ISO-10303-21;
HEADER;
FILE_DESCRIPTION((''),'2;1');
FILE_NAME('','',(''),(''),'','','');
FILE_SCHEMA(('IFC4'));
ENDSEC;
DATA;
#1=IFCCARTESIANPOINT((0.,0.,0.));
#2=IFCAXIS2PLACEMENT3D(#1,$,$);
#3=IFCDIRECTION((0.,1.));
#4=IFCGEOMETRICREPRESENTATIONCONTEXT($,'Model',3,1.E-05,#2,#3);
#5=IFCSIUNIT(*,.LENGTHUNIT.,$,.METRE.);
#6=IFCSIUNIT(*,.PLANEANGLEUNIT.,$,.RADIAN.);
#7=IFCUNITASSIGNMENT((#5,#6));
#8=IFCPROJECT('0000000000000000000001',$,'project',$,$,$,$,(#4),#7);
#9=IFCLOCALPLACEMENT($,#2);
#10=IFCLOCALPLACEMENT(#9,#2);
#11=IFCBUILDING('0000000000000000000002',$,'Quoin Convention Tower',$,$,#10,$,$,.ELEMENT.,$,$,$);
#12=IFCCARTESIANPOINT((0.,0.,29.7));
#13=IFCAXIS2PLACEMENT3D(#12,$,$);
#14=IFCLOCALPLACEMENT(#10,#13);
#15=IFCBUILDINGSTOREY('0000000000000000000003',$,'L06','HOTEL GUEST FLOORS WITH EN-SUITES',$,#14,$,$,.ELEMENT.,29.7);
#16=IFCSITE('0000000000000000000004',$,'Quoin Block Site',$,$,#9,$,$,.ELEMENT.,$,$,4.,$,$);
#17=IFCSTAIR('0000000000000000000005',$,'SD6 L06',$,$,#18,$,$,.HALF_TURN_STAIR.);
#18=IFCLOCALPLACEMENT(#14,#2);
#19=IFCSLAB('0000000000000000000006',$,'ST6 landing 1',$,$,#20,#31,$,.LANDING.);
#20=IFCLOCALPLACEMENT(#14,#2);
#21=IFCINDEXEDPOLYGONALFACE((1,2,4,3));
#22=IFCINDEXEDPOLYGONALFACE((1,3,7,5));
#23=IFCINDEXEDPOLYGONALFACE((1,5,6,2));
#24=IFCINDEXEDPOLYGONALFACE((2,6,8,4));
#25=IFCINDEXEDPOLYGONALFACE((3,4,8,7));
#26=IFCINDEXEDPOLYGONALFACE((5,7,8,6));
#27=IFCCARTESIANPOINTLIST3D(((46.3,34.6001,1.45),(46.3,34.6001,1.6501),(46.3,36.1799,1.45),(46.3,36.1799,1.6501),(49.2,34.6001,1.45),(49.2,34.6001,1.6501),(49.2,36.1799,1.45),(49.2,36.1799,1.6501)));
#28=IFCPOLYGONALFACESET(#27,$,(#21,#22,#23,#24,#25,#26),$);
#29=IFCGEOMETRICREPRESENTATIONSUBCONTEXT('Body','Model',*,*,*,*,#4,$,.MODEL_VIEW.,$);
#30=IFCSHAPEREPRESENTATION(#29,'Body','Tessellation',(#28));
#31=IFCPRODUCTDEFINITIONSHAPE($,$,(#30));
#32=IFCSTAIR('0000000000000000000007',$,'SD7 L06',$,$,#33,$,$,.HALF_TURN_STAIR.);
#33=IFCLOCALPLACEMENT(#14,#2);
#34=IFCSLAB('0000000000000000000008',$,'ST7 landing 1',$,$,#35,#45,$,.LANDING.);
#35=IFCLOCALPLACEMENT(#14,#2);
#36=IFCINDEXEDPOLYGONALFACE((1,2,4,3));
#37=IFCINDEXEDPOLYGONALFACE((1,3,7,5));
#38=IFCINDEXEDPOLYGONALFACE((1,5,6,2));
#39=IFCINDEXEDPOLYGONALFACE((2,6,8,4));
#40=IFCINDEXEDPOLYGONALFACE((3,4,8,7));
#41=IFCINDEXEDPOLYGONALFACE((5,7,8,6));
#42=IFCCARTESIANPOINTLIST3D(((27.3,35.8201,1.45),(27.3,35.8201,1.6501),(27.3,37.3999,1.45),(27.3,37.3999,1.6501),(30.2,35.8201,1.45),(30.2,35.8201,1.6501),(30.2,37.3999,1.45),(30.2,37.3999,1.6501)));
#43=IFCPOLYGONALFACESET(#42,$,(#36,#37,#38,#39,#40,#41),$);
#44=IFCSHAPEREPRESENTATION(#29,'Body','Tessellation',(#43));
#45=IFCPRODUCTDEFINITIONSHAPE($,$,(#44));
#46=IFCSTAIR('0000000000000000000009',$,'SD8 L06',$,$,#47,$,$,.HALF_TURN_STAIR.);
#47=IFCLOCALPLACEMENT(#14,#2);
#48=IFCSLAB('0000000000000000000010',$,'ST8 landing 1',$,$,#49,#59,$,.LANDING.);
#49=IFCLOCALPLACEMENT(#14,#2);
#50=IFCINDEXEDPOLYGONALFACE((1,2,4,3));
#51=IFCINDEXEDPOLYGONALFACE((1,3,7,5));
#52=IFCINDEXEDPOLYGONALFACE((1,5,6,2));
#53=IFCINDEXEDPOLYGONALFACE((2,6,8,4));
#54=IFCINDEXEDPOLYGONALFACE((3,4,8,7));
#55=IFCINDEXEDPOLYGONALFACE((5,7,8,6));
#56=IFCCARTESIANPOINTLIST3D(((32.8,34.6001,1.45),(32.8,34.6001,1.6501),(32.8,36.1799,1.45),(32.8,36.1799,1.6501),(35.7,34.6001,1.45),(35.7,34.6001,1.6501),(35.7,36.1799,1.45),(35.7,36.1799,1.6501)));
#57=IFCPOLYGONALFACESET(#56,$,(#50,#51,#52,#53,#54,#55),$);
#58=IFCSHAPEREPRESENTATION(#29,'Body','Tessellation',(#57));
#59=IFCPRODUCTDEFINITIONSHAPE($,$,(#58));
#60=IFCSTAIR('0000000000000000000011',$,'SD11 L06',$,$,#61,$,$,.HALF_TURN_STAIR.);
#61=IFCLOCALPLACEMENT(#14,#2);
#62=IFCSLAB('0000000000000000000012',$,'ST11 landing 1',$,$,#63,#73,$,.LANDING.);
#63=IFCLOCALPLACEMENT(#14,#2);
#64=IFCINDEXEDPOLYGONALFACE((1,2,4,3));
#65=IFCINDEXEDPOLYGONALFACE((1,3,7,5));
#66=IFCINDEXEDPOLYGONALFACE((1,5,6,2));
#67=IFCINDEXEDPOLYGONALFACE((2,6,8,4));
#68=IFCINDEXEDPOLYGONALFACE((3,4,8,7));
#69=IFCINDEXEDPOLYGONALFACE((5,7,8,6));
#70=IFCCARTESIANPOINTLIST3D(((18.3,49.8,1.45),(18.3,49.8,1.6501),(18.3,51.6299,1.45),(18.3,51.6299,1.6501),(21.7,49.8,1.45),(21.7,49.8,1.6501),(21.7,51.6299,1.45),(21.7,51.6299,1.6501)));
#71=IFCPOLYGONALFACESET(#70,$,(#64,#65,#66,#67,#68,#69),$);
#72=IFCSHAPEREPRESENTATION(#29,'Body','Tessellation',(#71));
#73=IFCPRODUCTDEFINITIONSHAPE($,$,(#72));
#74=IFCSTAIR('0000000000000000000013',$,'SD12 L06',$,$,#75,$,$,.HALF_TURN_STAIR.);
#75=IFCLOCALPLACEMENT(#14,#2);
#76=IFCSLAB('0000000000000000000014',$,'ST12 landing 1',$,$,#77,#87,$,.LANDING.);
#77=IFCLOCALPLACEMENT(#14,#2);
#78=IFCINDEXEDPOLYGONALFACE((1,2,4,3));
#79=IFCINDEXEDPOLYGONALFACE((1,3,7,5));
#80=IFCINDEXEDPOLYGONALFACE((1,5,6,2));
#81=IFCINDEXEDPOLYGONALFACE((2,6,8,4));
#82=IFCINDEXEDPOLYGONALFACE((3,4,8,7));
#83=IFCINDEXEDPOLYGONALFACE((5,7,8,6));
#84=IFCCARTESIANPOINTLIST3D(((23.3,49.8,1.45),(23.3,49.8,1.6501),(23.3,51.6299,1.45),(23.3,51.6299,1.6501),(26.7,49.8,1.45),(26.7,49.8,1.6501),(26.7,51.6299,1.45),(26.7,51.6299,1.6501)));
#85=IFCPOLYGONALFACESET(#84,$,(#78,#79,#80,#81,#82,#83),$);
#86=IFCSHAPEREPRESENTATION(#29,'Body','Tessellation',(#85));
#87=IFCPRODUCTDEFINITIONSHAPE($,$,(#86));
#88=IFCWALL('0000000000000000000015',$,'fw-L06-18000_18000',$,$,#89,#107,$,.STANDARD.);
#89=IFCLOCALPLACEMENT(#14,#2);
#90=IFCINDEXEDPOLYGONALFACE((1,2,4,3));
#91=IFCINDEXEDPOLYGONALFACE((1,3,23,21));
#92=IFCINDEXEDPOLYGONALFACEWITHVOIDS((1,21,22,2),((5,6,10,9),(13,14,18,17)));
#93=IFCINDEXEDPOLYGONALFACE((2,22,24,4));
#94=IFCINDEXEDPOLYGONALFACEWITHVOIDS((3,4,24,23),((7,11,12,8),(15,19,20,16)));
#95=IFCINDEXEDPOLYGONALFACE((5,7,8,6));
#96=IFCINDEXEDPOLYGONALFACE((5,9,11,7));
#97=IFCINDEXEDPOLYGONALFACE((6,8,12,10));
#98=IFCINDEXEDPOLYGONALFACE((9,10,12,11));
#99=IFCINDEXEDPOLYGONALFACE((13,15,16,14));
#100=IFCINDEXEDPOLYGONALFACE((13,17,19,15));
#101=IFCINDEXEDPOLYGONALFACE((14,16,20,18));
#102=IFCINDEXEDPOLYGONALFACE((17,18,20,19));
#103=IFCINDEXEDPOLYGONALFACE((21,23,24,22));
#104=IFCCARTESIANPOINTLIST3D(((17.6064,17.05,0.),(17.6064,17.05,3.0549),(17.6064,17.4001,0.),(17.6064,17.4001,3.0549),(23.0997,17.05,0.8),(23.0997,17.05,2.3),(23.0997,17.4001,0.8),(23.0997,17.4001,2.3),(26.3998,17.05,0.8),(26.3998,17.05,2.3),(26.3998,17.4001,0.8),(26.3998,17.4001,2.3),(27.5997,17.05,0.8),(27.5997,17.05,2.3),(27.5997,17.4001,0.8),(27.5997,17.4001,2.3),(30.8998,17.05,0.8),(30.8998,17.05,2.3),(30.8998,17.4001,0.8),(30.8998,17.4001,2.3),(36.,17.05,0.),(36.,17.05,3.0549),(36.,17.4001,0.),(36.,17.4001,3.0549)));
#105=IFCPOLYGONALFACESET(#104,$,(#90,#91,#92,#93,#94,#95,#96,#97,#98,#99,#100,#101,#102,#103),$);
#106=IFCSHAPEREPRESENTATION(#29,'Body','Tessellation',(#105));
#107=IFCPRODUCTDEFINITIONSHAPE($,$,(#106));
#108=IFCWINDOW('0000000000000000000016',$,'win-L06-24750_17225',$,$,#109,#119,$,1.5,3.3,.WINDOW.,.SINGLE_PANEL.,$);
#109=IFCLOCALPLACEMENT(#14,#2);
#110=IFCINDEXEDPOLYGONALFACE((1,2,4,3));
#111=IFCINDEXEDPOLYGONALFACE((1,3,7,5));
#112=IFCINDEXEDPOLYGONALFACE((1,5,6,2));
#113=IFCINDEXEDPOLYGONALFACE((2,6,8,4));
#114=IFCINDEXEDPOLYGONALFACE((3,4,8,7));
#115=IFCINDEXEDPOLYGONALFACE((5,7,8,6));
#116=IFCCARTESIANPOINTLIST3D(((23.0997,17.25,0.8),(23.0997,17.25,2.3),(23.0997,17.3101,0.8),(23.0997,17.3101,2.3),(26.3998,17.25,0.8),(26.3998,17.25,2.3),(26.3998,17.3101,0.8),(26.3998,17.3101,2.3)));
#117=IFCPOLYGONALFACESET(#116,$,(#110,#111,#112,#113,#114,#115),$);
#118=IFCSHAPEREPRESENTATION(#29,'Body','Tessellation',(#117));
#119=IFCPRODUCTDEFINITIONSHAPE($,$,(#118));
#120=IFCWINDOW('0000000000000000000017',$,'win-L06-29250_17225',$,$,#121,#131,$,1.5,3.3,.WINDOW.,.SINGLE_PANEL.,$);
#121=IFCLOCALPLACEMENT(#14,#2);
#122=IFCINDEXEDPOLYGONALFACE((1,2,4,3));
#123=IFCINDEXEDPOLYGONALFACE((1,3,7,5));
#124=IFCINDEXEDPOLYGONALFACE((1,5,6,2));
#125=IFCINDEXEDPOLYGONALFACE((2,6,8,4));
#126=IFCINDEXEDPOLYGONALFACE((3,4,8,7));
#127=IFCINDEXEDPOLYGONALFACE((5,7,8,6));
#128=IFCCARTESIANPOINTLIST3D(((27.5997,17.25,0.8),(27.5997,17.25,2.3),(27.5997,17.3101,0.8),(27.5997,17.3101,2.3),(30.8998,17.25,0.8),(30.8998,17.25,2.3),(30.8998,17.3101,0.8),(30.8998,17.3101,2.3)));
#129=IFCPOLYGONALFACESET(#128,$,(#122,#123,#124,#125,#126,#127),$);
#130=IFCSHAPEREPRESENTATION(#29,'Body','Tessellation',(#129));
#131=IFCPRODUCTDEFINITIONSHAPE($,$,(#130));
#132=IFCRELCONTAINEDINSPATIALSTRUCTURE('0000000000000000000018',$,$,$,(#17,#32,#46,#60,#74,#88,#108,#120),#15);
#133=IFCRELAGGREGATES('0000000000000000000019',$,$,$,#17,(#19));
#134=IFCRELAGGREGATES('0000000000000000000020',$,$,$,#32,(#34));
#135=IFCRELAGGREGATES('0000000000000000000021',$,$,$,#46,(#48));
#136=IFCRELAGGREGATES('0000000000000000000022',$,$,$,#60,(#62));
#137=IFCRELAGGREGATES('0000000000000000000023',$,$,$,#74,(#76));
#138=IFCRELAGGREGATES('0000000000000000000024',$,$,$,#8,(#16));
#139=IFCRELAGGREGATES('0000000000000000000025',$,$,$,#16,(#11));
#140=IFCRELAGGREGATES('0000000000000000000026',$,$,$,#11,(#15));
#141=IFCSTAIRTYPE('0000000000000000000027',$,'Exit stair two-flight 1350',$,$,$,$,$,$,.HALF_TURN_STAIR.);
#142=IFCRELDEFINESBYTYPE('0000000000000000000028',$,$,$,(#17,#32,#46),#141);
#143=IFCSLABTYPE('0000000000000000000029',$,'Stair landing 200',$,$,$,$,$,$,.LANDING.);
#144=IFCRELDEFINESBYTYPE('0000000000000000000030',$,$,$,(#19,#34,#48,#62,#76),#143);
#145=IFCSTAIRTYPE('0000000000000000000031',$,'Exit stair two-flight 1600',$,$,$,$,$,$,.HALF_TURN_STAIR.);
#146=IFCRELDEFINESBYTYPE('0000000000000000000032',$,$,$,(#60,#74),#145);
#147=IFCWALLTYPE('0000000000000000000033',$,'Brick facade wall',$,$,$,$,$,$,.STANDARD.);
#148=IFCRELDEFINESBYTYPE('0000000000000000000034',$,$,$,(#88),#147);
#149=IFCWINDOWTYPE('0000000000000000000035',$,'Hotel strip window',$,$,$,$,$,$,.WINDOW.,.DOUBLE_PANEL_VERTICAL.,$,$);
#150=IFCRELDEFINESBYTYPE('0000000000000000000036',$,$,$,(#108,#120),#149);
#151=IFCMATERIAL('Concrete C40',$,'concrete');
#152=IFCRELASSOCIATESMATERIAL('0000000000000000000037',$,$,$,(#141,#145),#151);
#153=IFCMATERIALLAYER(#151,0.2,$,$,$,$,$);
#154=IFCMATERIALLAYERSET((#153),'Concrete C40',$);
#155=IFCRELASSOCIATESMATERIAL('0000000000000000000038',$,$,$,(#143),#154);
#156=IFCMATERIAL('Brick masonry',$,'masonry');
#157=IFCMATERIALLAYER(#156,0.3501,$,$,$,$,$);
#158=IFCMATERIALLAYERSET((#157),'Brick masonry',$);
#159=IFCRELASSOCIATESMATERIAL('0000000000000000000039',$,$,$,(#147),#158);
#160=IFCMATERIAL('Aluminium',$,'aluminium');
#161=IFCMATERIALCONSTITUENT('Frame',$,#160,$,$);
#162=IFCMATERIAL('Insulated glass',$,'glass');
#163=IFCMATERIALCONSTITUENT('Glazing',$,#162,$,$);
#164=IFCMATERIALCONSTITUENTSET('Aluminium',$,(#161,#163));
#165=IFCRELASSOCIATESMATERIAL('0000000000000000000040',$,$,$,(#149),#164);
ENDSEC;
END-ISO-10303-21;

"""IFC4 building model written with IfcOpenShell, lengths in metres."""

from ifc_helpers import new_model, si_unit, direction, frame, frame_2d, origin, place, context, subcontext, project, spatial, polyline, rectangle, outline, extrude, material, layer, layer_set, constituent, constituent_set, type_object, element, fill, aggregate, save


model = new_model("IFC4")

# Units and contexts
model_context = context("Model", 3, precision=1e-05, world=origin(), true_north=direction((0.0, 1.0)))
body_context = subcontext(model_context, "Body", "Model", "MODEL_VIEW")
ifc_project = project(units=[si_unit("LENGTHUNIT", "METRE"), si_unit("PLANEANGLEUNIT", "RADIAN")], contexts=[model_context])

# Site, building, storey
site_placement = place(None, origin())
site = spatial("IfcSite", under=ifc_project, at=site_placement, Name="Quoin Block Site", CompositionType="ELEMENT", RefElevation=4.0)
building_placement = place(site_placement, origin())
building = spatial("IfcBuilding", under=site, at=building_placement, Name="Quoin Convention Tower", CompositionType="ELEMENT")
storey_placement = place(building_placement, frame((0.0, 0.0, 29.7)))
storey = spatial("IfcBuildingStorey", under=building, at=storey_placement, Name="L06", Description="HOTEL GUEST FLOORS WITH EN-SUITES", CompositionType="ELEMENT", Elevation=29.7)

# Stairs, slabs
ifc_material_1 = material(Name="Concrete C40", Category="concrete")
stair_type_1 = type_object("IfcStairType", Name="Exit stair two-flight 1350", PredefinedType="HALF_TURN_STAIR", material=ifc_material_1)
ifc_layer_1 = layer(ifc_material_1, 0.2)
ifc_layer_set_1 = layer_set([ifc_layer_1], Name="Concrete C40")
slab_type_1 = type_object("IfcSlabType", Name="Stair landing 200", PredefinedType="LANDING", material=ifc_layer_set_1)
stair_1_placement = place(storey_placement, origin())
stair_1 = element("IfcStair", 1, at=stair_1_placement, inside=storey, type_object=stair_type_1, Name="SD6 L06", PredefinedType="HALF_TURN_STAIR")
slab_1_placement = place(storey_placement, frame((0.0, 0.0, 1.45)))
slab_1 = element("IfcSlab", 2, at=slab_1_placement, type_object=slab_type_1, Name="ST6 landing 1", PredefinedType="LANDING", context=body_context, shape_type="SweptSolid", body=[
    extrude(outline(polyline([(49.2, 36.1799), (46.3, 36.1799), (46.3, 34.6001), (49.2, 34.6001), (49.2, 36.1799)])), origin(), (0.0, 0.0, 1.0), 0.2002),
])
aggregate(stair_1, [slab_1])
stair_2_placement = place(storey_placement, origin())
stair_2 = element("IfcStair", 3, at=stair_2_placement, inside=storey, type_object=stair_type_1, Name="SD7 L06", PredefinedType="HALF_TURN_STAIR")
slab_2_placement = place(storey_placement, frame((0.0, 0.0, 1.45)))
slab_2 = element("IfcSlab", 4, at=slab_2_placement, type_object=slab_type_1, Name="ST7 landing 1", PredefinedType="LANDING", context=body_context, shape_type="SweptSolid", body=[
    extrude(outline(polyline([(27.3, 35.8201), (30.2, 35.8201), (30.2, 37.3999), (27.3, 37.3999), (27.3, 35.8201)])), origin(), (0.0, 0.0, 1.0), 0.2002),
])
aggregate(stair_2, [slab_2])
stair_3_placement = place(storey_placement, origin())
stair_3 = element("IfcStair", 5, at=stair_3_placement, inside=storey, type_object=stair_type_1, Name="SD8 L06", PredefinedType="HALF_TURN_STAIR")
slab_3_placement = place(storey_placement, frame((0.0, 0.0, 1.45)))
slab_3 = element("IfcSlab", 6, at=slab_3_placement, type_object=slab_type_1, Name="ST8 landing 1", PredefinedType="LANDING", context=body_context, shape_type="SweptSolid", body=[
    extrude(outline(polyline([(35.7, 36.1799), (32.8, 36.1799), (32.8, 34.6001), (35.7, 34.6001), (35.7, 36.1799)])), origin(), (0.0, 0.0, 1.0), 0.2002),
])
aggregate(stair_3, [slab_3])
stair_type_2 = type_object("IfcStairType", Name="Exit stair two-flight 1600", PredefinedType="HALF_TURN_STAIR", material=ifc_material_1)
stair_4_placement = place(storey_placement, origin())
stair_4 = element("IfcStair", 7, at=stair_4_placement, inside=storey, type_object=stair_type_2, Name="SD11 L06", PredefinedType="HALF_TURN_STAIR")
slab_4_placement = place(storey_placement, frame((0.0, 0.0, 1.45)))
slab_4 = element("IfcSlab", 8, at=slab_4_placement, type_object=slab_type_1, Name="ST11 landing 1", PredefinedType="LANDING", context=body_context, shape_type="SweptSolid", body=[
    extrude(outline(polyline([(21.7, 51.6299), (18.3, 51.6299), (18.3, 49.8), (21.7, 49.8), (21.7, 51.6299)])), origin(), (0.0, 0.0, 1.0), 0.2002),
])
aggregate(stair_4, [slab_4])
stair_5_placement = place(storey_placement, origin())
stair_5 = element("IfcStair", 9, at=stair_5_placement, inside=storey, type_object=stair_type_2, Name="SD12 L06", PredefinedType="HALF_TURN_STAIR")
slab_5_placement = place(storey_placement, frame((0.0, 0.0, 1.45)))
slab_5 = element("IfcSlab", 10, at=slab_5_placement, type_object=slab_type_1, Name="ST12 landing 1", PredefinedType="LANDING", context=body_context, shape_type="SweptSolid", body=[
    extrude(outline(polyline([(26.7, 51.6299), (23.3, 51.6299), (23.3, 49.8), (26.7, 49.8), (26.7, 51.6299)])), origin(), (0.0, 0.0, 1.0), 0.2002),
])
aggregate(stair_5, [slab_5])

# Wall, openings, windows
ifc_material_2 = material(Name="Brick masonry", Category="masonry")
ifc_layer_2 = layer(ifc_material_2, 0.3501)
ifc_layer_set_2 = layer_set([ifc_layer_2], Name="Brick masonry")
wall_type = type_object("IfcWallType", Name="Brick facade wall", PredefinedType="STANDARD", material=ifc_layer_set_2)
wall_placement = place(storey_placement, frame((17.6064, 17.2251, 0.0), z_axis=(0.0, 0.0, 1.0), x_axis=(1.0, 0.0, 0.0)))
wall = element("IfcWall", 11, at=wall_placement, inside=storey, type_object=wall_type, Name="fw-L06-18000_18000", PredefinedType="STANDARD", context=body_context, shape_type="SweptSolid", body=[
    extrude(rectangle(XDim=18.3936, YDim=0.3501, at=frame_2d((9.1968, 0.0))), origin(), (0.0, 0.0, 1.0), 3.0549),
])
opening_1_placement = place(wall_placement, frame((5.4934, 0.0, 0.8)))
opening_1 = element("IfcOpeningElement", 12, at=opening_1_placement, cuts=wall, PredefinedType="OPENING", context=body_context, shape_type="SweptSolid", body=[
    extrude(rectangle(XDim=3.3, YDim=1.5, at=frame_2d((1.6499, 0.75))), frame((0.0, 0.1851, 0.0), z_axis=(0.0, -1.0, 0.0), x_axis=(1.0, 0.0, 0.0)), (0.0, 0.0, 1.0), 0.3701),
])
opening_2_placement = place(wall_placement, frame((9.9934, 0.0, 0.8)))
opening_2 = element("IfcOpeningElement", 13, at=opening_2_placement, cuts=wall, PredefinedType="OPENING", context=body_context, shape_type="SweptSolid", body=[
    extrude(rectangle(XDim=3.3, YDim=1.5, at=frame_2d((1.6499, 0.75))), frame((0.0, 0.1851, 0.0), z_axis=(0.0, -1.0, 0.0), x_axis=(1.0, 0.0, 0.0)), (0.0, 0.0, 1.0), 0.3701),
])
ifc_material_3 = material(Name="Aluminium", Category="aluminium")
ifc_constituent_1 = constituent(ifc_material_3, Name="Frame")
ifc_material_4 = material(Name="Insulated glass", Category="glass")
ifc_constituent_2 = constituent(ifc_material_4, Name="Glazing")
ifc_constituent_set = constituent_set(constituents=[ifc_constituent_1, ifc_constituent_2], Name="Aluminium")
window_type = type_object("IfcWindowType", Name="Hotel strip window", PartitioningType="DOUBLE_PANEL_VERTICAL", PredefinedType="WINDOW", material=ifc_constituent_set)
window_1_placement = place(opening_1_placement, origin())
window_1 = element("IfcWindow", 14, at=window_1_placement, inside=storey, type_object=window_type, Name="win-L06-24750_17225", OverallHeight=1.5, OverallWidth=3.3, PartitioningType="SINGLE_PANEL", PredefinedType="WINDOW", context=body_context, shape_type="SweptSolid", body=[
    extrude(rectangle(XDim=3.3, YDim=1.5, at=frame_2d((1.6499, 0.75))), frame((0.0, 0.085, 0.0), z_axis=(0.0, -1.0, 0.0), x_axis=(1.0, 0.0, 0.0)), (0.0, 0.0, 1.0), 0.0601),
])
fill(opening_1, window_1)
window_2_placement = place(opening_2_placement, origin())
window_2 = element("IfcWindow", 15, at=window_2_placement, inside=storey, type_object=window_type, Name="win-L06-29250_17225", OverallHeight=1.5, OverallWidth=3.3, PartitioningType="SINGLE_PANEL", PredefinedType="WINDOW", context=body_context, shape_type="SweptSolid", body=[
    extrude(rectangle(XDim=3.3, YDim=1.5, at=frame_2d((1.6499, 0.75))), frame((0.0, 0.085, 0.0), z_axis=(0.0, -1.0, 0.0), x_axis=(1.0, 0.0, 0.0)), (0.0, 0.0, 1.0), 0.0601),
])
fill(opening_2, window_2)

save(model, "model.ifc")
